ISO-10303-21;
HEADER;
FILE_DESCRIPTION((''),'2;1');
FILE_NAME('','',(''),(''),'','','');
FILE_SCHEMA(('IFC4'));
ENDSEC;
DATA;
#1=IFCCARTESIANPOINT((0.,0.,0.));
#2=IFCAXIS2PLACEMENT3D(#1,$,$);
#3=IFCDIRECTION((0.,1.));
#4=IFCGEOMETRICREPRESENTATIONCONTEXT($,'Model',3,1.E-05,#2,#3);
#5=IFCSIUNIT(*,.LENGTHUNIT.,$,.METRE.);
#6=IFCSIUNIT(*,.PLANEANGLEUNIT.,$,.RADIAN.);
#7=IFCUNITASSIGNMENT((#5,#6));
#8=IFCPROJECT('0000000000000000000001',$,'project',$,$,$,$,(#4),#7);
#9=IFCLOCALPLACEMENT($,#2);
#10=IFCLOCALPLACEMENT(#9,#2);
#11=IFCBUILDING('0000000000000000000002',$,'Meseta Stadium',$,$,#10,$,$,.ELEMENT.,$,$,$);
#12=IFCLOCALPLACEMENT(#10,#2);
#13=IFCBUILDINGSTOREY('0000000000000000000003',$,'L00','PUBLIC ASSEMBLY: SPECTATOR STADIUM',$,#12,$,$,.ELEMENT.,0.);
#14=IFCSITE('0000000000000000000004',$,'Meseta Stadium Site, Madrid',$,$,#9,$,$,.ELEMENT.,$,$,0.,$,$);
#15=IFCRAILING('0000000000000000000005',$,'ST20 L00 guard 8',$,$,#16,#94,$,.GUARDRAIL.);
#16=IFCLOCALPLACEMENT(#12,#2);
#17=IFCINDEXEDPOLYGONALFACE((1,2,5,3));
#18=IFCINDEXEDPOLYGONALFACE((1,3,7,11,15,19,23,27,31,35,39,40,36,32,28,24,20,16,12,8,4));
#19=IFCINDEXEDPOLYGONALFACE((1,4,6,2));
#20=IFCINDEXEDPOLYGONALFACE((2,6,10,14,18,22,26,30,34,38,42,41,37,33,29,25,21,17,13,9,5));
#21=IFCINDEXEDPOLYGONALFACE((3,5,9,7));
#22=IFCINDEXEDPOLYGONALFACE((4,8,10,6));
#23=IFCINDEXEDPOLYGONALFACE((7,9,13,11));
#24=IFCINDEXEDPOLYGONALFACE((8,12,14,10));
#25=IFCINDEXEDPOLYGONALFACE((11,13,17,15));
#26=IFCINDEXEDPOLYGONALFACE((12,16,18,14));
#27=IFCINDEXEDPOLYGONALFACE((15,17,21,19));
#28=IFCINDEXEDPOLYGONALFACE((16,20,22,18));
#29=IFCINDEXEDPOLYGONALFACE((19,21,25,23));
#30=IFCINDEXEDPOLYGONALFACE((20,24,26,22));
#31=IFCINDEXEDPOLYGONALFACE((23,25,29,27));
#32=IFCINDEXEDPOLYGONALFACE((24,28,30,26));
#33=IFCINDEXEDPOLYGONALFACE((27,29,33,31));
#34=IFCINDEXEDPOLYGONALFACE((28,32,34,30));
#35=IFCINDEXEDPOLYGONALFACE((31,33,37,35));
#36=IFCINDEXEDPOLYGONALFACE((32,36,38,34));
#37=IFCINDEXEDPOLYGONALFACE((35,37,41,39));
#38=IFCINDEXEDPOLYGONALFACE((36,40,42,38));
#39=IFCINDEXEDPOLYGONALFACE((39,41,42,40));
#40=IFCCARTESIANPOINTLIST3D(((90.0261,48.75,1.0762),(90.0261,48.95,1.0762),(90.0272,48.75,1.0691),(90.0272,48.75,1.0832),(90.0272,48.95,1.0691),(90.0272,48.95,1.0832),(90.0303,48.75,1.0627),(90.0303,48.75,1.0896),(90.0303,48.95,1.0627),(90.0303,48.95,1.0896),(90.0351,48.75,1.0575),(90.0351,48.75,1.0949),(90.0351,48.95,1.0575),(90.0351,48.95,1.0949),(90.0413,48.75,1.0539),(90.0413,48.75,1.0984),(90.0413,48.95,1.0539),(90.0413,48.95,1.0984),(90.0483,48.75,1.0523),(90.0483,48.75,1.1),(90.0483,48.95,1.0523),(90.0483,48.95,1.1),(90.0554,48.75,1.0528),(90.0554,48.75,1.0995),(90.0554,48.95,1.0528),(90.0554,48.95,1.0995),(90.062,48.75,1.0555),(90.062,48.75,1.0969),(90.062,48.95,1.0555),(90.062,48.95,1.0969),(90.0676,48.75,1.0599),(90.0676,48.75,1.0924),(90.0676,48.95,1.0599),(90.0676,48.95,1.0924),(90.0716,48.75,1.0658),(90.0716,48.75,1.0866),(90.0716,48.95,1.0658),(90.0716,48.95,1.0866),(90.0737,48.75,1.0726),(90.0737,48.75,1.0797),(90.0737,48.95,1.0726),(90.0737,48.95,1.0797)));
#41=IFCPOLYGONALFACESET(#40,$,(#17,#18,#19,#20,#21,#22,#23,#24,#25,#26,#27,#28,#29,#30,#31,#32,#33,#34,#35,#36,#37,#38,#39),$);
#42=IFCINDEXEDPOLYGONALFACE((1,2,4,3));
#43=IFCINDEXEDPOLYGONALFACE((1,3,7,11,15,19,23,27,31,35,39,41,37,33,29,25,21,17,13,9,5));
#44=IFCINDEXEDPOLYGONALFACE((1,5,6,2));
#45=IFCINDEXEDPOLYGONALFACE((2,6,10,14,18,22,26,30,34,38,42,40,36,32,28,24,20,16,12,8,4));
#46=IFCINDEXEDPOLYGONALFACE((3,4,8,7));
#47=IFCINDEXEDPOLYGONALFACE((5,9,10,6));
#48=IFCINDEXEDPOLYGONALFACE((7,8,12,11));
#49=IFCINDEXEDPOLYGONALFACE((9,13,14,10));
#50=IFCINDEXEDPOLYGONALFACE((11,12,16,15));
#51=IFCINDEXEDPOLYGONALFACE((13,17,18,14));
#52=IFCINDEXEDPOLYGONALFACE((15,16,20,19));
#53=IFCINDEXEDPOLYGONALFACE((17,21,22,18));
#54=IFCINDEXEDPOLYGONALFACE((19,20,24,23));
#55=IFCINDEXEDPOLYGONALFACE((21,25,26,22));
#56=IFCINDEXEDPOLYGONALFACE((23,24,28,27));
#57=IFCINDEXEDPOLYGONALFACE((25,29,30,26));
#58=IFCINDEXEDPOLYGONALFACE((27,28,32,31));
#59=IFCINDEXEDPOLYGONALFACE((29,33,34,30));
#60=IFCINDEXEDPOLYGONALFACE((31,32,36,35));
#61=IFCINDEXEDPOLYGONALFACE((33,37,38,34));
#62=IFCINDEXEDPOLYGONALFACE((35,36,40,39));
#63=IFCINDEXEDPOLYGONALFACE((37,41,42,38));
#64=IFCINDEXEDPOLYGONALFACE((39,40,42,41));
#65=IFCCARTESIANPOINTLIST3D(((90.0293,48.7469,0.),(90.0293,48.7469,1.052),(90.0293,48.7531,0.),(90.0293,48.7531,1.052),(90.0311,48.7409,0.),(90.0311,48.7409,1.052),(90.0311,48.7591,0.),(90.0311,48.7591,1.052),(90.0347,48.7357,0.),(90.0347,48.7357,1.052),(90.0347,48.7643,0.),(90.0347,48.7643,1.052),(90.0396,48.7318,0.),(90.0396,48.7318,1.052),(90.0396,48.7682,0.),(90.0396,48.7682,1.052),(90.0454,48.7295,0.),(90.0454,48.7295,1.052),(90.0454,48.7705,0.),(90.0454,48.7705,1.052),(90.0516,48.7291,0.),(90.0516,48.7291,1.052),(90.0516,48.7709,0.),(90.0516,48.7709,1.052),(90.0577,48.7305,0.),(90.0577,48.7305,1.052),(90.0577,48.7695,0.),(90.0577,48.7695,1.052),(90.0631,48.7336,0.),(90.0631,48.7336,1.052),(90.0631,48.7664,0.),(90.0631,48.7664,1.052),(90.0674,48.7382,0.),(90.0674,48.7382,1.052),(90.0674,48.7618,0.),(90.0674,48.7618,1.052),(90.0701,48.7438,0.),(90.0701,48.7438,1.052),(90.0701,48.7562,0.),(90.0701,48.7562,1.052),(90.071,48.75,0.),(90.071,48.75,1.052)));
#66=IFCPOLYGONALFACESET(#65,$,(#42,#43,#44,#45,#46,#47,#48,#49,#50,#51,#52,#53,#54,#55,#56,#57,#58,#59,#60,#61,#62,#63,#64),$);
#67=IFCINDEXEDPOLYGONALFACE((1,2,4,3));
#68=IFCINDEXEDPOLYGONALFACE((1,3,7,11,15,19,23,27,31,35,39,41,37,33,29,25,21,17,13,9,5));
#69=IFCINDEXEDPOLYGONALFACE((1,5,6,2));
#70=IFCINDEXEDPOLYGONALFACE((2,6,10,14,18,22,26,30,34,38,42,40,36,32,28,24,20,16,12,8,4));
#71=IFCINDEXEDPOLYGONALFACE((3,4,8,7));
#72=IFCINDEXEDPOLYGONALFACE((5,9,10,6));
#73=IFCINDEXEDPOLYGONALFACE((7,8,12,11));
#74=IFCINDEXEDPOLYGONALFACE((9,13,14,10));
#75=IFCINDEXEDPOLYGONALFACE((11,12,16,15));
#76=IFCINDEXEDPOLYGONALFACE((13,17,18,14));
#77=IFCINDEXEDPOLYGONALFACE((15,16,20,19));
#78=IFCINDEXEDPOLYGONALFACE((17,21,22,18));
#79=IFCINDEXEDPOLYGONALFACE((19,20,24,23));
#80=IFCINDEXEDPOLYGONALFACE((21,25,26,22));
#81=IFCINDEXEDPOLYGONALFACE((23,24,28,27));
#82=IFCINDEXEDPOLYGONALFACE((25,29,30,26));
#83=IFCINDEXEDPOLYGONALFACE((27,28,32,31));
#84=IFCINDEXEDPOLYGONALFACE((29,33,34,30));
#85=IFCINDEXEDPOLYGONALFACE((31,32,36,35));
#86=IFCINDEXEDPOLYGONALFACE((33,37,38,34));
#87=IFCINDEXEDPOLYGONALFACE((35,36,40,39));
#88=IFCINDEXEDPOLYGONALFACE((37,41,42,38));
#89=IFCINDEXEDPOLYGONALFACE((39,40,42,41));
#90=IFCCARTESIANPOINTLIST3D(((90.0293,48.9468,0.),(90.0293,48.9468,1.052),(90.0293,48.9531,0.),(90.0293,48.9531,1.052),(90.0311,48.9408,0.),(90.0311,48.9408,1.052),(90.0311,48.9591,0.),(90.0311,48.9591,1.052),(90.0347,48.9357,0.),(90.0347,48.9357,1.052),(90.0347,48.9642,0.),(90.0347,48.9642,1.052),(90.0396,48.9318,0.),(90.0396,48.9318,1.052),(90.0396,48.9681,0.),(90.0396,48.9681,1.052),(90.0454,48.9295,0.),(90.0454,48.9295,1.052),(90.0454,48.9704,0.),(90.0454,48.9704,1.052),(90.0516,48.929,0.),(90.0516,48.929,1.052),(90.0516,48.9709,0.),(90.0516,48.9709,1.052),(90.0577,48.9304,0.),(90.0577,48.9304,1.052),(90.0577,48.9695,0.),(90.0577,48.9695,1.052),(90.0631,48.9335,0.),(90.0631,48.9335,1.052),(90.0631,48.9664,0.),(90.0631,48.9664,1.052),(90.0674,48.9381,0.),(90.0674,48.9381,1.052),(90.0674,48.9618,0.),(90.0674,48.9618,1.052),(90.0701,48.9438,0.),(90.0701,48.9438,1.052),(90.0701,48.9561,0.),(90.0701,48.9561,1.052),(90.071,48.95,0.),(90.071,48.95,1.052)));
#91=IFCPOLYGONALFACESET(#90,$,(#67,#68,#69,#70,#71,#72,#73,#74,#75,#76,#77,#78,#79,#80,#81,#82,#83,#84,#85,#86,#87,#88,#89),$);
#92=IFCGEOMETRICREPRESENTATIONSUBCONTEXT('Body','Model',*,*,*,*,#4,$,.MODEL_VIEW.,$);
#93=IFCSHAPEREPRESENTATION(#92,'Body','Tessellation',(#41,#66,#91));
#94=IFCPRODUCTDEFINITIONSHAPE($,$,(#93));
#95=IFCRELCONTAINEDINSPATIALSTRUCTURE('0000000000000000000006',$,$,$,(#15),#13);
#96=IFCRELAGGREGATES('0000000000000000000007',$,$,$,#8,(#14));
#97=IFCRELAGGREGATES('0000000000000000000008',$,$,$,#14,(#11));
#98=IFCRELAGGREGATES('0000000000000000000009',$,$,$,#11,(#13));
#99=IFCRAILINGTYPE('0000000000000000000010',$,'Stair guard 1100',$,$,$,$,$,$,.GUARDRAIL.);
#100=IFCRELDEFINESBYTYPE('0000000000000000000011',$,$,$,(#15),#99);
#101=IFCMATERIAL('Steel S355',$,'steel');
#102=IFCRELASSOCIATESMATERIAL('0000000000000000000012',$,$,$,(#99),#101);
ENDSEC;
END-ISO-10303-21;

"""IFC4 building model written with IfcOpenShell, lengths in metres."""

from ifc_helpers import new_model, si_unit, direction, frame, origin, origin_2d, place, context, subcontext, project, spatial, circle, extrude, material, type_object, element, save


model = new_model("IFC4")

# Units and contexts
model_context = context("Model", 3, precision=1e-05, world=origin(), true_north=direction((0.0, 1.0)))
body_context = subcontext(model_context, "Body", "Model", "MODEL_VIEW")
ifc_project = project(units=[si_unit("LENGTHUNIT", "METRE"), si_unit("PLANEANGLEUNIT", "RADIAN")], contexts=[model_context])

# Site, building, storey
site_placement = place(None, origin())
site = spatial("IfcSite", under=ifc_project, at=site_placement, Name="Meseta Stadium Site, Madrid", CompositionType="ELEMENT", RefElevation=0.0)
building_placement = place(site_placement, origin())
building = spatial("IfcBuilding", under=site, at=building_placement, Name="Meseta Stadium", CompositionType="ELEMENT")
storey_placement = place(building_placement, origin())
storey = spatial("IfcBuildingStorey", under=building, at=storey_placement, Name="L00", Description="PUBLIC ASSEMBLY: SPECTATOR STADIUM", CompositionType="ELEMENT", Elevation=0.0)

# Railing
ifc_material_1 = material(Name="Steel S355", Category="steel")
railing_type_1 = type_object("IfcRailingType", Name="Stair guard 1100", PredefinedType="GUARDRAIL", material=ifc_material_1)
for number, where, name in (
    (1, (90.05, 48.75, 0.0), "ST20 L00 guard 8"),
):
    element("IfcRailing", number, at=place(storey_placement, frame(where)), inside=storey, type_object=railing_type_1, Name=name, PredefinedType="GUARDRAIL", context=body_context, shape_type="SweptSolid", body=[
        extrude(circle(Radius=0.0239, at=origin_2d()), frame((0.0, 0.0, 1.0762), z_axis=(0.0, 1.0, 0.0), x_axis=(-1.0, 0.0, 0.0)), (0.0, 0.0, 1.0), 0.2),
        extrude(circle(Radius=0.021, at=origin_2d()), origin(), (0.0, 0.0, 1.0), 1.052),
        extrude(circle(Radius=0.021, at=origin_2d()), frame((0.0, 0.2, 0.0)), (0.0, 0.0, 1.0), 1.052),
    ])

save(model, "model.ifc")
